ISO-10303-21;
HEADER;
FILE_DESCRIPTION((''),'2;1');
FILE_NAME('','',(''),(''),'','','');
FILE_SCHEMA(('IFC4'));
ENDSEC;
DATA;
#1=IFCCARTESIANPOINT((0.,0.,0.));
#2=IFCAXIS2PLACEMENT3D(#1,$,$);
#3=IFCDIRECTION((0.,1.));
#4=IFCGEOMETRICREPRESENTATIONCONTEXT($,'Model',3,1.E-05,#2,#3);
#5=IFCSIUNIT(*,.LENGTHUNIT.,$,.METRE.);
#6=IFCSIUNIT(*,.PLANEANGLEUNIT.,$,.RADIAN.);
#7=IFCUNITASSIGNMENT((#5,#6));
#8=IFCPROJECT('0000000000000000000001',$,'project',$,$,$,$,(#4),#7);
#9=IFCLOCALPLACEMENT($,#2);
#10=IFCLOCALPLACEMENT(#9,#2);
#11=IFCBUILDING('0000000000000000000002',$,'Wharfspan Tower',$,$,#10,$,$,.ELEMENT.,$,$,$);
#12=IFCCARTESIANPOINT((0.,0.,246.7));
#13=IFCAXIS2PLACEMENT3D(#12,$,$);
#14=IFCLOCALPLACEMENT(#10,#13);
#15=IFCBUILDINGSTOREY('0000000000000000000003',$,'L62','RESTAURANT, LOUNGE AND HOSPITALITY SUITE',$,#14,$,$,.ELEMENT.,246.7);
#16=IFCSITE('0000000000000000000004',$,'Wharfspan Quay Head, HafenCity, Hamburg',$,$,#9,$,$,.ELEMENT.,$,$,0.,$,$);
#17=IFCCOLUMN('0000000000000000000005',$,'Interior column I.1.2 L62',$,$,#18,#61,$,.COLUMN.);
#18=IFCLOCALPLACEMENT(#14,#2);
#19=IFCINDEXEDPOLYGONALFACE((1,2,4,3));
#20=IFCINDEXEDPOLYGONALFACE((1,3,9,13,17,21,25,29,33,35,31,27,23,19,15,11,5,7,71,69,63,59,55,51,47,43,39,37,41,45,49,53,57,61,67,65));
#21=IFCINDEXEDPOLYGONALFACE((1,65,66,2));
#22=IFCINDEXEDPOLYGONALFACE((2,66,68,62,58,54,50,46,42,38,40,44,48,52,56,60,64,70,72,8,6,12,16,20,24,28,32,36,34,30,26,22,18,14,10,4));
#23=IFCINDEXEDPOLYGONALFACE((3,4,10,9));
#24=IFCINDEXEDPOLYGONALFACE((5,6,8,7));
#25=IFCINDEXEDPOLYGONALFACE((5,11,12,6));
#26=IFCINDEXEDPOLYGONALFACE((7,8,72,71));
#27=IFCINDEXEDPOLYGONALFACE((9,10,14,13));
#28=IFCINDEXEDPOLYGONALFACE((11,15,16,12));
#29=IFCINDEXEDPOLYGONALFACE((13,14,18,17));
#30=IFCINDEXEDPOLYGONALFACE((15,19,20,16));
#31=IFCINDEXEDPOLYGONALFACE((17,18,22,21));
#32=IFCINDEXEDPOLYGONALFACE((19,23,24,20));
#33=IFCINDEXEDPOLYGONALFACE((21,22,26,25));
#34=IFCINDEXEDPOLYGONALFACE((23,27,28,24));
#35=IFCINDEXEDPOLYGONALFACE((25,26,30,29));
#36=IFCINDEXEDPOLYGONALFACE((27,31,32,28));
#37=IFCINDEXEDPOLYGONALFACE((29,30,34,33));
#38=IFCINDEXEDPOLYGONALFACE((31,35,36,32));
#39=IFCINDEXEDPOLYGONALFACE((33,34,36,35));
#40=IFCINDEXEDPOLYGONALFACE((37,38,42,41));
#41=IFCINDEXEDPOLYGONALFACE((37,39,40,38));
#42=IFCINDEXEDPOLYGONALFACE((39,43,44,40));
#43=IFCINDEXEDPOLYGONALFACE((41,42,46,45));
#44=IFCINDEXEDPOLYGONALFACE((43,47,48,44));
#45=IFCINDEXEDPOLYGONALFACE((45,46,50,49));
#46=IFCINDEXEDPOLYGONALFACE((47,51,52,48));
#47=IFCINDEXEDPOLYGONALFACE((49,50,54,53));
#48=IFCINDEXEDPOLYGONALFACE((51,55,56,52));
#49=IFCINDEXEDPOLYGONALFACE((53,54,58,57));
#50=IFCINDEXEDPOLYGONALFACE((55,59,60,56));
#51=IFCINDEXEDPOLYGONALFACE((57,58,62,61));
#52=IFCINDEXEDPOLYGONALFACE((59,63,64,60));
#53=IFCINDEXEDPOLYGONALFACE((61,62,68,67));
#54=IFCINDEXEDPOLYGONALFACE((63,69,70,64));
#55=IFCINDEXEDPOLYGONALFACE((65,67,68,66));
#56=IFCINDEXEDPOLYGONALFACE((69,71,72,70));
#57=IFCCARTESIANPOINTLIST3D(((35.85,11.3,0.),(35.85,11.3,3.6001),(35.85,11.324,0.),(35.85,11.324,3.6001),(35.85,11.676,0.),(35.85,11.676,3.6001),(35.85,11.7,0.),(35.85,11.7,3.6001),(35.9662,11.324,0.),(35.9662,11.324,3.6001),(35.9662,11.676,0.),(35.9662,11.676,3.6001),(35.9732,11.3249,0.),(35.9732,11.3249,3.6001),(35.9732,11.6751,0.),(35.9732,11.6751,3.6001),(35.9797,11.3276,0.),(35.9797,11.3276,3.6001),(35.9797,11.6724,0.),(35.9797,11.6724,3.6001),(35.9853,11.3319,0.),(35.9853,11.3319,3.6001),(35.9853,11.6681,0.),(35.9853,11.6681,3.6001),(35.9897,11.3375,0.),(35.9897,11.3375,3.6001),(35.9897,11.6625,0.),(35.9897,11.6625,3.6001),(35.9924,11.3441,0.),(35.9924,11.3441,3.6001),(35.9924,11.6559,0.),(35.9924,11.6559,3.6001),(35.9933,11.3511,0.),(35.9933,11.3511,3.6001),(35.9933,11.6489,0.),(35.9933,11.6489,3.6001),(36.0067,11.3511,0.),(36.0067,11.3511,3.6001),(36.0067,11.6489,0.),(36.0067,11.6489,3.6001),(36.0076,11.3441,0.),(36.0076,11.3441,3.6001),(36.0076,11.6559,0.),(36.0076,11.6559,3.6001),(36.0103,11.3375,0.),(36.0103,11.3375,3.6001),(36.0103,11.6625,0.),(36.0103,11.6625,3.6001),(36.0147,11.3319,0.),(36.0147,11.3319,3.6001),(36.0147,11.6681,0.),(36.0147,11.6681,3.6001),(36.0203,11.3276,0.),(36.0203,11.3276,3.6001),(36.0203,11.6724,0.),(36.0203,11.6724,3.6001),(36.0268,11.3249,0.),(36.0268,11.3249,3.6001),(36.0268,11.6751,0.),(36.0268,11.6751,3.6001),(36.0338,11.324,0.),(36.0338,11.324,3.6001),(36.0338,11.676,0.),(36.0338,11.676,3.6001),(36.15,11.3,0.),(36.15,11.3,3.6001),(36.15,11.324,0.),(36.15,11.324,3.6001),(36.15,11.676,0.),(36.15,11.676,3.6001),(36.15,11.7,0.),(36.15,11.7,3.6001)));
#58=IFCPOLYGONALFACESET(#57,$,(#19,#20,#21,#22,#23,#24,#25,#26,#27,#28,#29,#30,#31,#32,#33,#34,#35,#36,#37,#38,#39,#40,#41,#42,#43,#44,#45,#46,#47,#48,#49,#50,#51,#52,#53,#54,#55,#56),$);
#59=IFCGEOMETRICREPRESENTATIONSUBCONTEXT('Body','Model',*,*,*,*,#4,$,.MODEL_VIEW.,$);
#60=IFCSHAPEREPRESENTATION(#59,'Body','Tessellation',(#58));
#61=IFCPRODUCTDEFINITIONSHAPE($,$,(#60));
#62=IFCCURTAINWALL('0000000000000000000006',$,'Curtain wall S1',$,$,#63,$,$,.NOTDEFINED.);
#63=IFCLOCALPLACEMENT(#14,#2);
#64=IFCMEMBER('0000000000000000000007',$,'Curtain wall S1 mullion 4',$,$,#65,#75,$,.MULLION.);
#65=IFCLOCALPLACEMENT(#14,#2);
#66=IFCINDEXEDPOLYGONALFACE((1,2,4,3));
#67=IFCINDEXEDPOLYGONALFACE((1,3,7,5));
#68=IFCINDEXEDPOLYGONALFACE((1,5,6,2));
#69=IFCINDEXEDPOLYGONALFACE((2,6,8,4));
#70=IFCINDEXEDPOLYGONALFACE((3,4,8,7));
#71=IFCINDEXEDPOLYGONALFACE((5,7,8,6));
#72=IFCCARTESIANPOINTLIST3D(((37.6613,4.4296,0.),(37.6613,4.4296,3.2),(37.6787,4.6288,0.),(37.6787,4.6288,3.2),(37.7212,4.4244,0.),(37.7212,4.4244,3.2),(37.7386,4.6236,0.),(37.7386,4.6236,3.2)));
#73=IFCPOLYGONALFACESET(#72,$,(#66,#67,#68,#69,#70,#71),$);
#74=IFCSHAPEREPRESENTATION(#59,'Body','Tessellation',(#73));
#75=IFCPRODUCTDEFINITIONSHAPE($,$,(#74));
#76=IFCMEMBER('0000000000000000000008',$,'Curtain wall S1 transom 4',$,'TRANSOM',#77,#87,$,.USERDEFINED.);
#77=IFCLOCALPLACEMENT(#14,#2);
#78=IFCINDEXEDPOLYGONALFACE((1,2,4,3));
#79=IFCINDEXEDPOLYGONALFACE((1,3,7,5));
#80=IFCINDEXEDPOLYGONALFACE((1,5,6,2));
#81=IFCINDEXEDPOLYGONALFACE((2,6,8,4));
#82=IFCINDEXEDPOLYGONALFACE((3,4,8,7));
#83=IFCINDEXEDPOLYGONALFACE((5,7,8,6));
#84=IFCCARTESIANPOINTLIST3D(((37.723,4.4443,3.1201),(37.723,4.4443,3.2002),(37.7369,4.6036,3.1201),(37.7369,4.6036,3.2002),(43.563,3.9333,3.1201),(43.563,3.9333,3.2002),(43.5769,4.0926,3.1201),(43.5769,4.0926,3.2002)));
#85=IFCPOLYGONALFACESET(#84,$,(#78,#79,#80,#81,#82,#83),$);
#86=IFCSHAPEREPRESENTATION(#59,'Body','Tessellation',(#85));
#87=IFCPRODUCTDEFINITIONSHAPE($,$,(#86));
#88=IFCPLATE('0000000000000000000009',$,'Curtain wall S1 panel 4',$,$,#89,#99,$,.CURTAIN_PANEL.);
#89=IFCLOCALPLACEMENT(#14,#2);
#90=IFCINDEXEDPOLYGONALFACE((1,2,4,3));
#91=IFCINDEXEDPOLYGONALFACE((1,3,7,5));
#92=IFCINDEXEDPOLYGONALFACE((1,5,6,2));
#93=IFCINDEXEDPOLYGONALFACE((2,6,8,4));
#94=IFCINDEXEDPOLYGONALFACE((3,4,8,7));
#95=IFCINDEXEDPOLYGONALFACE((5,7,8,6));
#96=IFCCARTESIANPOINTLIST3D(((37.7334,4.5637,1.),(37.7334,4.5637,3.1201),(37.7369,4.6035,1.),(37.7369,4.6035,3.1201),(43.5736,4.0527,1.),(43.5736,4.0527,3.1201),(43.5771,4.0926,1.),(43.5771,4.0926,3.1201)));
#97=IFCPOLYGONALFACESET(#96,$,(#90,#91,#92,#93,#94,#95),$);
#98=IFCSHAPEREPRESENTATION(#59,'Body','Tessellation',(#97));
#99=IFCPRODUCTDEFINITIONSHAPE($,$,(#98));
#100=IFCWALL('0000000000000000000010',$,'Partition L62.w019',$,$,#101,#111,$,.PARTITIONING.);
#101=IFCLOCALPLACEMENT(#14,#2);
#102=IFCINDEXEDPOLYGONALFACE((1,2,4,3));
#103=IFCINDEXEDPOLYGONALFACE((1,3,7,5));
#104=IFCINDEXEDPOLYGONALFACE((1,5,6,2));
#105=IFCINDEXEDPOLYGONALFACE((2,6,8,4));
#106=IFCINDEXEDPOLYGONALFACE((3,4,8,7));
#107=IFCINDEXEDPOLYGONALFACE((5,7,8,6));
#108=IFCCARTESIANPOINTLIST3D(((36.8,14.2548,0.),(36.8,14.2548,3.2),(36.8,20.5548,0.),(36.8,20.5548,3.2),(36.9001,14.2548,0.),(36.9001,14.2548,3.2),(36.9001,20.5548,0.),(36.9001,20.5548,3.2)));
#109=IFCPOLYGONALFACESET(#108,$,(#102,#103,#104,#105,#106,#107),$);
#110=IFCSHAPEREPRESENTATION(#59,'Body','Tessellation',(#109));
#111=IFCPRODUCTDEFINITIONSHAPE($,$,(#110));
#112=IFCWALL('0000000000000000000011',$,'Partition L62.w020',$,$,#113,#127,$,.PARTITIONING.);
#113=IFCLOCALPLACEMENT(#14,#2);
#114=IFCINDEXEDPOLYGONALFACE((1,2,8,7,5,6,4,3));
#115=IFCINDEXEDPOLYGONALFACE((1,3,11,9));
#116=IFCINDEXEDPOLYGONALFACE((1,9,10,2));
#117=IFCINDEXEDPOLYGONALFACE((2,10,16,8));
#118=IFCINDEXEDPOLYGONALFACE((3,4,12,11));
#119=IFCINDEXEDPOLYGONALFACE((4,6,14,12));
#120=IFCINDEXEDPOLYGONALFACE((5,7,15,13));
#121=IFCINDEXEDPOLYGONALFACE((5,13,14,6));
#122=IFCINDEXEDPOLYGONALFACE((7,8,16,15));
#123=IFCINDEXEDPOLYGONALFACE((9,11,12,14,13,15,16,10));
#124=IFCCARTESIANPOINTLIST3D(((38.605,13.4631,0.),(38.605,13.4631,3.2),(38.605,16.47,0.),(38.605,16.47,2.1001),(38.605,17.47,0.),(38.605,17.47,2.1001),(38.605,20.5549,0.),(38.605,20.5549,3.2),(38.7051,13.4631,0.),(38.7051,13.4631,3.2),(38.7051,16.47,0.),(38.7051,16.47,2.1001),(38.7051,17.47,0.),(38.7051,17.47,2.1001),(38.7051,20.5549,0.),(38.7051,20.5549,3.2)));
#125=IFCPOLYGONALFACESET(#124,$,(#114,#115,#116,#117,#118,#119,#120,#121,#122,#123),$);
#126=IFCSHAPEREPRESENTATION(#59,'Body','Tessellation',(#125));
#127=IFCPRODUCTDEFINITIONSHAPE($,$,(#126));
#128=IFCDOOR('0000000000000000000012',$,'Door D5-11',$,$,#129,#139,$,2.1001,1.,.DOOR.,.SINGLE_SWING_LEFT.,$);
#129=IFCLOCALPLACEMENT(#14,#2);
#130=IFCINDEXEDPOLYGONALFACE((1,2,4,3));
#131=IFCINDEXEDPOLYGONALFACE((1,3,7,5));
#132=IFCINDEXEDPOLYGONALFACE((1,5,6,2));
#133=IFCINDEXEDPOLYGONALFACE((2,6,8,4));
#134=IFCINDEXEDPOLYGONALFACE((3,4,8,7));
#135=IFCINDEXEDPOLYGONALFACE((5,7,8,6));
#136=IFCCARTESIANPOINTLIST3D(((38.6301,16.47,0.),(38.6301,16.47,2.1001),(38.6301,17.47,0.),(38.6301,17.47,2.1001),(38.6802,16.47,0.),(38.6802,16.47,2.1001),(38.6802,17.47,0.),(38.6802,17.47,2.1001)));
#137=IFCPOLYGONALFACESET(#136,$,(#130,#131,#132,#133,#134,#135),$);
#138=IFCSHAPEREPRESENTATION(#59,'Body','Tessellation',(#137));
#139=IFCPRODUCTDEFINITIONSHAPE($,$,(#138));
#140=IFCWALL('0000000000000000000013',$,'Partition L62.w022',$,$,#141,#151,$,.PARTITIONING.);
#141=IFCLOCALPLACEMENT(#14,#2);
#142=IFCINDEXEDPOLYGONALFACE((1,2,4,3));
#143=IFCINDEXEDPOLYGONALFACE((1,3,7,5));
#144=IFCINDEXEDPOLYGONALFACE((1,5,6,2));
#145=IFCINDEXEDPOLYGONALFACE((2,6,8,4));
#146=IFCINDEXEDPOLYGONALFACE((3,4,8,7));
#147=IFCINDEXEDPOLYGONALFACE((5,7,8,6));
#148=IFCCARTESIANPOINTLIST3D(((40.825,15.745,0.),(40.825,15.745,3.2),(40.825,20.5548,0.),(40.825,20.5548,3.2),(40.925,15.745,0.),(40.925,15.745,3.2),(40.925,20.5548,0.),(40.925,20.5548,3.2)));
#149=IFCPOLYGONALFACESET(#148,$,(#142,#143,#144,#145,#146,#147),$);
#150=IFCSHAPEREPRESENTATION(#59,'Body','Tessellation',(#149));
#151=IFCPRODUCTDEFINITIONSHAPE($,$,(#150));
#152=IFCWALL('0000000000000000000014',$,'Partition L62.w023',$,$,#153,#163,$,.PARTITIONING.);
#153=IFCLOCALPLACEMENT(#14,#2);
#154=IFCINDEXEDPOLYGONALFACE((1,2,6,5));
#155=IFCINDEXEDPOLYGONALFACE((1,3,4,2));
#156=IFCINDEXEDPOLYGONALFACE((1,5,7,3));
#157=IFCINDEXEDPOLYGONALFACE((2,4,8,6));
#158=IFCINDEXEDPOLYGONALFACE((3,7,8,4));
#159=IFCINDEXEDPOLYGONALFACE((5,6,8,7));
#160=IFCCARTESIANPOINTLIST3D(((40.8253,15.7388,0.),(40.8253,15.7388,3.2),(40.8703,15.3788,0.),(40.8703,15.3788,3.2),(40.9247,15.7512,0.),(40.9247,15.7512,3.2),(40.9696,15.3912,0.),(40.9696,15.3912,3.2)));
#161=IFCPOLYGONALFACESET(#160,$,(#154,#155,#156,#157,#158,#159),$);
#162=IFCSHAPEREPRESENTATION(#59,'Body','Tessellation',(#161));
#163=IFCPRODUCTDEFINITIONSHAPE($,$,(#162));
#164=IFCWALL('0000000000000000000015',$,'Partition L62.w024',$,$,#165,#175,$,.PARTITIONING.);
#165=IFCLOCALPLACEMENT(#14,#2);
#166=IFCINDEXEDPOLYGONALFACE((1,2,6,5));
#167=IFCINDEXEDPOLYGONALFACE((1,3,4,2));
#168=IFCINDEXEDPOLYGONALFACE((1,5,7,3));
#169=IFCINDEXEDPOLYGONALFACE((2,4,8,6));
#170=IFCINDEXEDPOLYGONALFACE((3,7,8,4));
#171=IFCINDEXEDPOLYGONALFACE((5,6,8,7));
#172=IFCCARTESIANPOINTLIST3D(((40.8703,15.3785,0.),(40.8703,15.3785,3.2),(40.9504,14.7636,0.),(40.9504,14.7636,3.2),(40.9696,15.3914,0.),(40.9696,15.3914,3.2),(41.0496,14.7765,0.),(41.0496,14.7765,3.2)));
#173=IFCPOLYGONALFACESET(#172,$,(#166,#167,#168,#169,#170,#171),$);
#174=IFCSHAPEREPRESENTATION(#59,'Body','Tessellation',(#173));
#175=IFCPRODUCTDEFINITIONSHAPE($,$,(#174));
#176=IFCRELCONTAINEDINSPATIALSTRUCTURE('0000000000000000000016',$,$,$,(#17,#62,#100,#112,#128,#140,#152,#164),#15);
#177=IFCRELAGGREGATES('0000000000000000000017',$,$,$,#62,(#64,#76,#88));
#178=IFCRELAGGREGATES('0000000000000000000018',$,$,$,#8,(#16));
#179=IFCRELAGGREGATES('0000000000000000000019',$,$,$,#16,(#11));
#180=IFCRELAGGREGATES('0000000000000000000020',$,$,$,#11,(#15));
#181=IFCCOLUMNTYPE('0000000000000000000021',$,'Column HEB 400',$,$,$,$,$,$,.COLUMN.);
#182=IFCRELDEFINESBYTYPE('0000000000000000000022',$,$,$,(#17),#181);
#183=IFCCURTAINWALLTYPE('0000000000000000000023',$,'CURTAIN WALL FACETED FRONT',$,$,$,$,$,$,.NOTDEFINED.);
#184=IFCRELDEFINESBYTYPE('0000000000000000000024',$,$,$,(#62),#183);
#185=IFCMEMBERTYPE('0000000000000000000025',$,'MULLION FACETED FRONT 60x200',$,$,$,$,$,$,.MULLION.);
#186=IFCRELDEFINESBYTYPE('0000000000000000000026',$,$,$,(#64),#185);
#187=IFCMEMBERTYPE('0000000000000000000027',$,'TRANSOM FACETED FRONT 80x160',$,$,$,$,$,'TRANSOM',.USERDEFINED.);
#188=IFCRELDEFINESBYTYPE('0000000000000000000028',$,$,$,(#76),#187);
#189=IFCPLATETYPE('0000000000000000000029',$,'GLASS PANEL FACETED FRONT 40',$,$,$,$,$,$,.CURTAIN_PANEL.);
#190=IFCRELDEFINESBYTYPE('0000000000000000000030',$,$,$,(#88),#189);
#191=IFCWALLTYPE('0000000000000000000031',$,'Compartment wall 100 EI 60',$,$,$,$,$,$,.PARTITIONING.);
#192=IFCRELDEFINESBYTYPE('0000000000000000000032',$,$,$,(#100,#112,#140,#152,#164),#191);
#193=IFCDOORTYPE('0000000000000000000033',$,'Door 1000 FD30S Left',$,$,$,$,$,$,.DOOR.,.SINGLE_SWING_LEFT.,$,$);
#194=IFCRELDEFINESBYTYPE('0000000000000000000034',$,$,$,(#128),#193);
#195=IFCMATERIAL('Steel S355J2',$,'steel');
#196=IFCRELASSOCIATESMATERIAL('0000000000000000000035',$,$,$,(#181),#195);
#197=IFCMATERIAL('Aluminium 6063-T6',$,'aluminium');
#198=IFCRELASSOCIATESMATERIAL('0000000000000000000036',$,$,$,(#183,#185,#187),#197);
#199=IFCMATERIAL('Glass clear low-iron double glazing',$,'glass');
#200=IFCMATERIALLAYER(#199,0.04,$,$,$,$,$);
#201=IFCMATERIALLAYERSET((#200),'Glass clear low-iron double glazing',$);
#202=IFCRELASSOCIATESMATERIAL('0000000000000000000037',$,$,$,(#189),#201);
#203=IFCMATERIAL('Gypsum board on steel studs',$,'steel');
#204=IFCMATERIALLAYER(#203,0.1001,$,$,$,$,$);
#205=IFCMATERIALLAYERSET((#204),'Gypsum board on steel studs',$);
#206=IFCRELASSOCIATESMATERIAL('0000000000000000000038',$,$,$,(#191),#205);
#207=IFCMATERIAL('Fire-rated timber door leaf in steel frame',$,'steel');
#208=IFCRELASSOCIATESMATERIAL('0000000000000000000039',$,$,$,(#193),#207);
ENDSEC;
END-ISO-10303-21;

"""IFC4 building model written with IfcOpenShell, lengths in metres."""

from ifc_helpers import new_model, si_unit, direction, frame, frame_2d, origin, origin_2d, place, context, subcontext, project, spatial, rectangle, i_section, extrude, material, layer, layer_set, material_profile, profile_set, type_object, element, fill, aggregate, save


model = new_model("IFC4")

# Units and contexts
model_context = context("Model", 3, precision=1e-05, world=origin(), true_north=direction((0.0, 1.0)))
body_context = subcontext(model_context, "Body", "Model", "MODEL_VIEW")
ifc_project = project(units=[si_unit("LENGTHUNIT", "METRE"), si_unit("PLANEANGLEUNIT", "RADIAN")], contexts=[model_context])

# Site, building, storey
site_placement = place(None, origin())
site = spatial("IfcSite", under=ifc_project, at=site_placement, Name="Wharfspan Quay Head, HafenCity, Hamburg", CompositionType="ELEMENT", RefElevation=0.0)
building_placement = place(site_placement, origin())
building = spatial("IfcBuilding", under=site, at=building_placement, Name="Wharfspan Tower", CompositionType="ELEMENT")
storey_placement = place(building_placement, frame((0.0, 0.0, 246.7)))
storey = spatial("IfcBuildingStorey", under=building, at=storey_placement, Name="L62", Description="RESTAURANT, LOUNGE AND HOSPITALITY SUITE", CompositionType="ELEMENT", Elevation=246.7)

# Column
ifc_material_1 = material(Name="Steel S355J2", Category="steel")
ifc_material_profile_1 = material_profile(ifc_material_1, i_section(OverallWidth=0.3, OverallDepth=0.3999, WebThickness=0.0134, FlangeThickness=0.0239, FilletRadius=0.0271, at=origin_2d()))
ifc_profile_set_1 = profile_set([ifc_material_profile_1], Name="Steel S355J2")
column_type = type_object("IfcColumnType", Name="Column HEB 400", PredefinedType="COLUMN", material=ifc_profile_set_1)
column_placement = place(storey_placement, frame((36.0, 11.5, 0.0), z_axis=(0.0, 0.0, 1.0), x_axis=(1.0, 0.0, 0.0)))
element("IfcColumn", 1, at=column_placement, inside=storey, type_object=column_type, Name="Interior column I.1.2 L62", PredefinedType="COLUMN", context=body_context, shape_type="SweptSolid", body=[
    extrude(i_section(OverallWidth=0.3, OverallDepth=0.3999, WebThickness=0.0134, FlangeThickness=0.0239, FilletRadius=0.0271, at=origin_2d()), origin(), (0.0, 0.0, 1.0), 3.6001),
])

# Curtain wall, members, plate
ifc_material_2 = material(Name="Aluminium 6063-T6", Category="aluminium")
curtain_wall_type = type_object("IfcCurtainWallType", Name="CURTAIN WALL FACETED FRONT", PredefinedType="NOTDEFINED", material=ifc_material_2)
curtain_wall_placement = place(storey_placement, origin())
curtain_wall = element("IfcCurtainWall", 2, at=curtain_wall_placement, inside=storey, type_object=curtain_wall_type, Name="Curtain wall S1", PredefinedType="NOTDEFINED")
ifc_material_profile_2 = material_profile(ifc_material_2, rectangle(XDim=0.2, YDim=0.0601, at=origin_2d()))
ifc_profile_set_2 = profile_set([ifc_material_profile_2], Name="Aluminium 6063-T6")
member_type_1 = type_object("IfcMemberType", Name="MULLION FACETED FRONT 60x200", PredefinedType="MULLION", material=ifc_profile_set_2)
member_1_placement = place(storey_placement, frame((37.7, 4.5266, 0.0), z_axis=(0.0, 0.0, 1.0), x_axis=(0.087156, 0.996197, 0.0)))
member_1 = element("IfcMember", 3, at=member_1_placement, type_object=member_type_1, Name="Curtain wall S1 mullion 4", PredefinedType="MULLION", context=body_context, shape_type="SweptSolid", body=[
    extrude(rectangle(XDim=0.2, YDim=0.0601, at=origin_2d()), origin(), (0.0, 0.0, 1.0), 3.2),
])
ifc_material_profile_3 = material_profile(ifc_material_2, rectangle(XDim=0.1599, YDim=0.0801, at=origin_2d()))
ifc_profile_set_3 = profile_set([ifc_material_profile_3], Name="Aluminium 6063-T6")
member_type_2 = type_object("IfcMemberType", Name="TRANSOM FACETED FRONT 80x160", ElementType="TRANSOM", PredefinedType="USERDEFINED", material=ifc_profile_set_3)
member_2_placement = place(storey_placement, frame((37.73, 4.5239, 3.1602), z_axis=(0.996194, -0.087163, 0.0), x_axis=(0.087163, 0.996194, 0.0)))
member_2 = element("IfcMember", 4, at=member_2_placement, type_object=member_type_2, Name="Curtain wall S1 transom 4", ObjectType="TRANSOM", PredefinedType="USERDEFINED", context=body_context, shape_type="SweptSolid", body=[
    extrude(rectangle(XDim=0.1599, YDim=0.0801, at=origin_2d()), origin(), (0.0, 0.0, 1.0), 5.8623),
])
ifc_material_3 = material(Name="Glass clear low-iron double glazing", Category="glass")
ifc_layer_1 = layer(ifc_material_3, 0.04)
ifc_layer_set_1 = layer_set([ifc_layer_1], Name="Glass clear low-iron double glazing")
plate_type = type_object("IfcPlateType", Name="GLASS PANEL FACETED FRONT 40", PredefinedType="CURTAIN_PANEL", material=ifc_layer_set_1)
plate_placement = place(storey_placement, frame((40.6553, 4.3281, 1.0), z_axis=(0.0, 0.0, 1.0), x_axis=(0.996197, -0.087156, 0.0)))
plate = element("IfcPlate", 5, at=plate_placement, type_object=plate_type, Name="Curtain wall S1 panel 4", PredefinedType="CURTAIN_PANEL", context=body_context, shape_type="SweptSolid", body=[
    extrude(rectangle(XDim=5.8625, YDim=0.04, at=origin_2d()), origin(), (0.0, 0.0, 1.0), 2.1201),
])
aggregate(curtain_wall, [member_1, member_2, plate])

# Wall
ifc_material_4 = material(Name="Gypsum board on steel studs", Category="steel")
ifc_layer_2 = layer(ifc_material_4, 0.1001)
ifc_layer_set_2 = layer_set([ifc_layer_2], Name="Gypsum board on steel studs")
wall_type_1 = type_object("IfcWallType", Name="Compartment wall 100 EI 60", PredefinedType="PARTITIONING", material=ifc_layer_set_2)
wall_1_placement = place(storey_placement, frame((36.8501, 14.2549, 0.0), z_axis=(0.0, 0.0, 1.0), x_axis=(0.0, 1.0, 0.0)))
element("IfcWall", 6, at=wall_1_placement, inside=storey, type_object=wall_type_1, Name="Partition L62.w019", PredefinedType="PARTITIONING", context=body_context, shape_type="SweptSolid", body=[
    extrude(rectangle(XDim=6.3, YDim=0.1001, at=frame_2d((3.1499, 0.0))), origin(), (0.0, 0.0, 1.0), 3.2),
])

# Wall, opening, door
wall_2_placement = place(storey_placement, frame((38.655, 13.4631, 0.0), z_axis=(0.0, 0.0, 1.0), x_axis=(0.0, 1.0, 0.0)))
wall_2 = element("IfcWall", 7, at=wall_2_placement, inside=storey, type_object=wall_type_1, Name="Partition L62.w020", PredefinedType="PARTITIONING", context=body_context, shape_type="SweptSolid", body=[
    extrude(rectangle(XDim=7.0918, YDim=0.1001, at=frame_2d((3.5459, 0.0))), origin(), (0.0, 0.0, 1.0), 3.2),
])
opening_1_placement = place(wall_2_placement, frame((3.0068, 0.0, 0.0)))
opening_1 = element("IfcOpeningElement", 8, at=opening_1_placement, cuts=wall_2, PredefinedType="OPENING", context=body_context, shape_type="SweptSolid", body=[
    extrude(rectangle(XDim=1.0, YDim=2.1001, at=frame_2d((0.5, 1.05))), frame((0.0, 0.0601, 0.0), z_axis=(0.0, -1.0, 0.0), x_axis=(1.0, 0.0, 0.0)), (0.0, 0.0, 1.0), 0.1201),
])
ifc_material_5 = material(Name="Fire-rated timber door leaf in steel frame", Category="steel")
door_type_1 = type_object("IfcDoorType", Name="Door 1000 FD30S Left", OperationType="SINGLE_SWING_LEFT", PredefinedType="DOOR", material=ifc_material_5)
door_1_placement = place(opening_1_placement, origin())
door_1 = element("IfcDoor", 9, at=door_1_placement, inside=storey, type_object=door_type_1, Name="Door D5-11", OperationType="SINGLE_SWING_LEFT", OverallHeight=2.1001, OverallWidth=1.0, PredefinedType="DOOR", context=body_context, shape_type="SweptSolid", body=[
    extrude(rectangle(XDim=1.0, YDim=2.1001, at=frame_2d((0.5, 1.05))), frame((0.0, 0.0249, 0.0), z_axis=(0.0, -1.0, 0.0), x_axis=(1.0, 0.0, 0.0)), (0.0, 0.0, 1.0), 0.05),
])
fill(opening_1, door_1)

# Walls
wall_3_placement = place(storey_placement, frame((40.875, 15.7451, 0.0), z_axis=(0.0, 0.0, 1.0), x_axis=(0.0, 1.0, 0.0)))
element("IfcWall", 10, at=wall_3_placement, inside=storey, type_object=wall_type_1, Name="Partition L62.w022", PredefinedType="PARTITIONING", context=body_context, shape_type="SweptSolid", body=[
    extrude(rectangle(XDim=4.8098, YDim=0.1001, at=frame_2d((2.4048, 0.0))), origin(), (0.0, 0.0, 1.0), 3.2),
])
wall_4_placement = place(storey_placement, frame((40.9199, 15.385, 0.0), z_axis=(0.0, 0.0, 1.0), x_axis=(-0.123786, 0.992306, 0.0)))
element("IfcWall", 11, at=wall_4_placement, inside=storey, type_object=wall_type_1, Name="Partition L62.w023", PredefinedType="PARTITIONING", context=body_context, shape_type="SweptSolid", body=[
    extrude(rectangle(XDim=0.3628, YDim=0.1001, at=frame_2d((0.1814, 0.0))), origin(), (0.0, 0.0, 1.0), 3.2),
])
wall_5_placement = place(storey_placement, frame((41.0, 14.77, 0.0), z_axis=(0.0, 0.0, 1.0), x_axis=(-0.12912, 0.991626, 0.0)))
element("IfcWall", 12, at=wall_5_placement, inside=storey, type_object=wall_type_1, Name="Partition L62.w024", PredefinedType="PARTITIONING", context=body_context, shape_type="SweptSolid", body=[
    extrude(rectangle(XDim=0.6201, YDim=0.1001, at=frame_2d((0.3101, 0.0))), origin(), (0.0, 0.0, 1.0), 3.2),
])

save(model, "model.ifc")
